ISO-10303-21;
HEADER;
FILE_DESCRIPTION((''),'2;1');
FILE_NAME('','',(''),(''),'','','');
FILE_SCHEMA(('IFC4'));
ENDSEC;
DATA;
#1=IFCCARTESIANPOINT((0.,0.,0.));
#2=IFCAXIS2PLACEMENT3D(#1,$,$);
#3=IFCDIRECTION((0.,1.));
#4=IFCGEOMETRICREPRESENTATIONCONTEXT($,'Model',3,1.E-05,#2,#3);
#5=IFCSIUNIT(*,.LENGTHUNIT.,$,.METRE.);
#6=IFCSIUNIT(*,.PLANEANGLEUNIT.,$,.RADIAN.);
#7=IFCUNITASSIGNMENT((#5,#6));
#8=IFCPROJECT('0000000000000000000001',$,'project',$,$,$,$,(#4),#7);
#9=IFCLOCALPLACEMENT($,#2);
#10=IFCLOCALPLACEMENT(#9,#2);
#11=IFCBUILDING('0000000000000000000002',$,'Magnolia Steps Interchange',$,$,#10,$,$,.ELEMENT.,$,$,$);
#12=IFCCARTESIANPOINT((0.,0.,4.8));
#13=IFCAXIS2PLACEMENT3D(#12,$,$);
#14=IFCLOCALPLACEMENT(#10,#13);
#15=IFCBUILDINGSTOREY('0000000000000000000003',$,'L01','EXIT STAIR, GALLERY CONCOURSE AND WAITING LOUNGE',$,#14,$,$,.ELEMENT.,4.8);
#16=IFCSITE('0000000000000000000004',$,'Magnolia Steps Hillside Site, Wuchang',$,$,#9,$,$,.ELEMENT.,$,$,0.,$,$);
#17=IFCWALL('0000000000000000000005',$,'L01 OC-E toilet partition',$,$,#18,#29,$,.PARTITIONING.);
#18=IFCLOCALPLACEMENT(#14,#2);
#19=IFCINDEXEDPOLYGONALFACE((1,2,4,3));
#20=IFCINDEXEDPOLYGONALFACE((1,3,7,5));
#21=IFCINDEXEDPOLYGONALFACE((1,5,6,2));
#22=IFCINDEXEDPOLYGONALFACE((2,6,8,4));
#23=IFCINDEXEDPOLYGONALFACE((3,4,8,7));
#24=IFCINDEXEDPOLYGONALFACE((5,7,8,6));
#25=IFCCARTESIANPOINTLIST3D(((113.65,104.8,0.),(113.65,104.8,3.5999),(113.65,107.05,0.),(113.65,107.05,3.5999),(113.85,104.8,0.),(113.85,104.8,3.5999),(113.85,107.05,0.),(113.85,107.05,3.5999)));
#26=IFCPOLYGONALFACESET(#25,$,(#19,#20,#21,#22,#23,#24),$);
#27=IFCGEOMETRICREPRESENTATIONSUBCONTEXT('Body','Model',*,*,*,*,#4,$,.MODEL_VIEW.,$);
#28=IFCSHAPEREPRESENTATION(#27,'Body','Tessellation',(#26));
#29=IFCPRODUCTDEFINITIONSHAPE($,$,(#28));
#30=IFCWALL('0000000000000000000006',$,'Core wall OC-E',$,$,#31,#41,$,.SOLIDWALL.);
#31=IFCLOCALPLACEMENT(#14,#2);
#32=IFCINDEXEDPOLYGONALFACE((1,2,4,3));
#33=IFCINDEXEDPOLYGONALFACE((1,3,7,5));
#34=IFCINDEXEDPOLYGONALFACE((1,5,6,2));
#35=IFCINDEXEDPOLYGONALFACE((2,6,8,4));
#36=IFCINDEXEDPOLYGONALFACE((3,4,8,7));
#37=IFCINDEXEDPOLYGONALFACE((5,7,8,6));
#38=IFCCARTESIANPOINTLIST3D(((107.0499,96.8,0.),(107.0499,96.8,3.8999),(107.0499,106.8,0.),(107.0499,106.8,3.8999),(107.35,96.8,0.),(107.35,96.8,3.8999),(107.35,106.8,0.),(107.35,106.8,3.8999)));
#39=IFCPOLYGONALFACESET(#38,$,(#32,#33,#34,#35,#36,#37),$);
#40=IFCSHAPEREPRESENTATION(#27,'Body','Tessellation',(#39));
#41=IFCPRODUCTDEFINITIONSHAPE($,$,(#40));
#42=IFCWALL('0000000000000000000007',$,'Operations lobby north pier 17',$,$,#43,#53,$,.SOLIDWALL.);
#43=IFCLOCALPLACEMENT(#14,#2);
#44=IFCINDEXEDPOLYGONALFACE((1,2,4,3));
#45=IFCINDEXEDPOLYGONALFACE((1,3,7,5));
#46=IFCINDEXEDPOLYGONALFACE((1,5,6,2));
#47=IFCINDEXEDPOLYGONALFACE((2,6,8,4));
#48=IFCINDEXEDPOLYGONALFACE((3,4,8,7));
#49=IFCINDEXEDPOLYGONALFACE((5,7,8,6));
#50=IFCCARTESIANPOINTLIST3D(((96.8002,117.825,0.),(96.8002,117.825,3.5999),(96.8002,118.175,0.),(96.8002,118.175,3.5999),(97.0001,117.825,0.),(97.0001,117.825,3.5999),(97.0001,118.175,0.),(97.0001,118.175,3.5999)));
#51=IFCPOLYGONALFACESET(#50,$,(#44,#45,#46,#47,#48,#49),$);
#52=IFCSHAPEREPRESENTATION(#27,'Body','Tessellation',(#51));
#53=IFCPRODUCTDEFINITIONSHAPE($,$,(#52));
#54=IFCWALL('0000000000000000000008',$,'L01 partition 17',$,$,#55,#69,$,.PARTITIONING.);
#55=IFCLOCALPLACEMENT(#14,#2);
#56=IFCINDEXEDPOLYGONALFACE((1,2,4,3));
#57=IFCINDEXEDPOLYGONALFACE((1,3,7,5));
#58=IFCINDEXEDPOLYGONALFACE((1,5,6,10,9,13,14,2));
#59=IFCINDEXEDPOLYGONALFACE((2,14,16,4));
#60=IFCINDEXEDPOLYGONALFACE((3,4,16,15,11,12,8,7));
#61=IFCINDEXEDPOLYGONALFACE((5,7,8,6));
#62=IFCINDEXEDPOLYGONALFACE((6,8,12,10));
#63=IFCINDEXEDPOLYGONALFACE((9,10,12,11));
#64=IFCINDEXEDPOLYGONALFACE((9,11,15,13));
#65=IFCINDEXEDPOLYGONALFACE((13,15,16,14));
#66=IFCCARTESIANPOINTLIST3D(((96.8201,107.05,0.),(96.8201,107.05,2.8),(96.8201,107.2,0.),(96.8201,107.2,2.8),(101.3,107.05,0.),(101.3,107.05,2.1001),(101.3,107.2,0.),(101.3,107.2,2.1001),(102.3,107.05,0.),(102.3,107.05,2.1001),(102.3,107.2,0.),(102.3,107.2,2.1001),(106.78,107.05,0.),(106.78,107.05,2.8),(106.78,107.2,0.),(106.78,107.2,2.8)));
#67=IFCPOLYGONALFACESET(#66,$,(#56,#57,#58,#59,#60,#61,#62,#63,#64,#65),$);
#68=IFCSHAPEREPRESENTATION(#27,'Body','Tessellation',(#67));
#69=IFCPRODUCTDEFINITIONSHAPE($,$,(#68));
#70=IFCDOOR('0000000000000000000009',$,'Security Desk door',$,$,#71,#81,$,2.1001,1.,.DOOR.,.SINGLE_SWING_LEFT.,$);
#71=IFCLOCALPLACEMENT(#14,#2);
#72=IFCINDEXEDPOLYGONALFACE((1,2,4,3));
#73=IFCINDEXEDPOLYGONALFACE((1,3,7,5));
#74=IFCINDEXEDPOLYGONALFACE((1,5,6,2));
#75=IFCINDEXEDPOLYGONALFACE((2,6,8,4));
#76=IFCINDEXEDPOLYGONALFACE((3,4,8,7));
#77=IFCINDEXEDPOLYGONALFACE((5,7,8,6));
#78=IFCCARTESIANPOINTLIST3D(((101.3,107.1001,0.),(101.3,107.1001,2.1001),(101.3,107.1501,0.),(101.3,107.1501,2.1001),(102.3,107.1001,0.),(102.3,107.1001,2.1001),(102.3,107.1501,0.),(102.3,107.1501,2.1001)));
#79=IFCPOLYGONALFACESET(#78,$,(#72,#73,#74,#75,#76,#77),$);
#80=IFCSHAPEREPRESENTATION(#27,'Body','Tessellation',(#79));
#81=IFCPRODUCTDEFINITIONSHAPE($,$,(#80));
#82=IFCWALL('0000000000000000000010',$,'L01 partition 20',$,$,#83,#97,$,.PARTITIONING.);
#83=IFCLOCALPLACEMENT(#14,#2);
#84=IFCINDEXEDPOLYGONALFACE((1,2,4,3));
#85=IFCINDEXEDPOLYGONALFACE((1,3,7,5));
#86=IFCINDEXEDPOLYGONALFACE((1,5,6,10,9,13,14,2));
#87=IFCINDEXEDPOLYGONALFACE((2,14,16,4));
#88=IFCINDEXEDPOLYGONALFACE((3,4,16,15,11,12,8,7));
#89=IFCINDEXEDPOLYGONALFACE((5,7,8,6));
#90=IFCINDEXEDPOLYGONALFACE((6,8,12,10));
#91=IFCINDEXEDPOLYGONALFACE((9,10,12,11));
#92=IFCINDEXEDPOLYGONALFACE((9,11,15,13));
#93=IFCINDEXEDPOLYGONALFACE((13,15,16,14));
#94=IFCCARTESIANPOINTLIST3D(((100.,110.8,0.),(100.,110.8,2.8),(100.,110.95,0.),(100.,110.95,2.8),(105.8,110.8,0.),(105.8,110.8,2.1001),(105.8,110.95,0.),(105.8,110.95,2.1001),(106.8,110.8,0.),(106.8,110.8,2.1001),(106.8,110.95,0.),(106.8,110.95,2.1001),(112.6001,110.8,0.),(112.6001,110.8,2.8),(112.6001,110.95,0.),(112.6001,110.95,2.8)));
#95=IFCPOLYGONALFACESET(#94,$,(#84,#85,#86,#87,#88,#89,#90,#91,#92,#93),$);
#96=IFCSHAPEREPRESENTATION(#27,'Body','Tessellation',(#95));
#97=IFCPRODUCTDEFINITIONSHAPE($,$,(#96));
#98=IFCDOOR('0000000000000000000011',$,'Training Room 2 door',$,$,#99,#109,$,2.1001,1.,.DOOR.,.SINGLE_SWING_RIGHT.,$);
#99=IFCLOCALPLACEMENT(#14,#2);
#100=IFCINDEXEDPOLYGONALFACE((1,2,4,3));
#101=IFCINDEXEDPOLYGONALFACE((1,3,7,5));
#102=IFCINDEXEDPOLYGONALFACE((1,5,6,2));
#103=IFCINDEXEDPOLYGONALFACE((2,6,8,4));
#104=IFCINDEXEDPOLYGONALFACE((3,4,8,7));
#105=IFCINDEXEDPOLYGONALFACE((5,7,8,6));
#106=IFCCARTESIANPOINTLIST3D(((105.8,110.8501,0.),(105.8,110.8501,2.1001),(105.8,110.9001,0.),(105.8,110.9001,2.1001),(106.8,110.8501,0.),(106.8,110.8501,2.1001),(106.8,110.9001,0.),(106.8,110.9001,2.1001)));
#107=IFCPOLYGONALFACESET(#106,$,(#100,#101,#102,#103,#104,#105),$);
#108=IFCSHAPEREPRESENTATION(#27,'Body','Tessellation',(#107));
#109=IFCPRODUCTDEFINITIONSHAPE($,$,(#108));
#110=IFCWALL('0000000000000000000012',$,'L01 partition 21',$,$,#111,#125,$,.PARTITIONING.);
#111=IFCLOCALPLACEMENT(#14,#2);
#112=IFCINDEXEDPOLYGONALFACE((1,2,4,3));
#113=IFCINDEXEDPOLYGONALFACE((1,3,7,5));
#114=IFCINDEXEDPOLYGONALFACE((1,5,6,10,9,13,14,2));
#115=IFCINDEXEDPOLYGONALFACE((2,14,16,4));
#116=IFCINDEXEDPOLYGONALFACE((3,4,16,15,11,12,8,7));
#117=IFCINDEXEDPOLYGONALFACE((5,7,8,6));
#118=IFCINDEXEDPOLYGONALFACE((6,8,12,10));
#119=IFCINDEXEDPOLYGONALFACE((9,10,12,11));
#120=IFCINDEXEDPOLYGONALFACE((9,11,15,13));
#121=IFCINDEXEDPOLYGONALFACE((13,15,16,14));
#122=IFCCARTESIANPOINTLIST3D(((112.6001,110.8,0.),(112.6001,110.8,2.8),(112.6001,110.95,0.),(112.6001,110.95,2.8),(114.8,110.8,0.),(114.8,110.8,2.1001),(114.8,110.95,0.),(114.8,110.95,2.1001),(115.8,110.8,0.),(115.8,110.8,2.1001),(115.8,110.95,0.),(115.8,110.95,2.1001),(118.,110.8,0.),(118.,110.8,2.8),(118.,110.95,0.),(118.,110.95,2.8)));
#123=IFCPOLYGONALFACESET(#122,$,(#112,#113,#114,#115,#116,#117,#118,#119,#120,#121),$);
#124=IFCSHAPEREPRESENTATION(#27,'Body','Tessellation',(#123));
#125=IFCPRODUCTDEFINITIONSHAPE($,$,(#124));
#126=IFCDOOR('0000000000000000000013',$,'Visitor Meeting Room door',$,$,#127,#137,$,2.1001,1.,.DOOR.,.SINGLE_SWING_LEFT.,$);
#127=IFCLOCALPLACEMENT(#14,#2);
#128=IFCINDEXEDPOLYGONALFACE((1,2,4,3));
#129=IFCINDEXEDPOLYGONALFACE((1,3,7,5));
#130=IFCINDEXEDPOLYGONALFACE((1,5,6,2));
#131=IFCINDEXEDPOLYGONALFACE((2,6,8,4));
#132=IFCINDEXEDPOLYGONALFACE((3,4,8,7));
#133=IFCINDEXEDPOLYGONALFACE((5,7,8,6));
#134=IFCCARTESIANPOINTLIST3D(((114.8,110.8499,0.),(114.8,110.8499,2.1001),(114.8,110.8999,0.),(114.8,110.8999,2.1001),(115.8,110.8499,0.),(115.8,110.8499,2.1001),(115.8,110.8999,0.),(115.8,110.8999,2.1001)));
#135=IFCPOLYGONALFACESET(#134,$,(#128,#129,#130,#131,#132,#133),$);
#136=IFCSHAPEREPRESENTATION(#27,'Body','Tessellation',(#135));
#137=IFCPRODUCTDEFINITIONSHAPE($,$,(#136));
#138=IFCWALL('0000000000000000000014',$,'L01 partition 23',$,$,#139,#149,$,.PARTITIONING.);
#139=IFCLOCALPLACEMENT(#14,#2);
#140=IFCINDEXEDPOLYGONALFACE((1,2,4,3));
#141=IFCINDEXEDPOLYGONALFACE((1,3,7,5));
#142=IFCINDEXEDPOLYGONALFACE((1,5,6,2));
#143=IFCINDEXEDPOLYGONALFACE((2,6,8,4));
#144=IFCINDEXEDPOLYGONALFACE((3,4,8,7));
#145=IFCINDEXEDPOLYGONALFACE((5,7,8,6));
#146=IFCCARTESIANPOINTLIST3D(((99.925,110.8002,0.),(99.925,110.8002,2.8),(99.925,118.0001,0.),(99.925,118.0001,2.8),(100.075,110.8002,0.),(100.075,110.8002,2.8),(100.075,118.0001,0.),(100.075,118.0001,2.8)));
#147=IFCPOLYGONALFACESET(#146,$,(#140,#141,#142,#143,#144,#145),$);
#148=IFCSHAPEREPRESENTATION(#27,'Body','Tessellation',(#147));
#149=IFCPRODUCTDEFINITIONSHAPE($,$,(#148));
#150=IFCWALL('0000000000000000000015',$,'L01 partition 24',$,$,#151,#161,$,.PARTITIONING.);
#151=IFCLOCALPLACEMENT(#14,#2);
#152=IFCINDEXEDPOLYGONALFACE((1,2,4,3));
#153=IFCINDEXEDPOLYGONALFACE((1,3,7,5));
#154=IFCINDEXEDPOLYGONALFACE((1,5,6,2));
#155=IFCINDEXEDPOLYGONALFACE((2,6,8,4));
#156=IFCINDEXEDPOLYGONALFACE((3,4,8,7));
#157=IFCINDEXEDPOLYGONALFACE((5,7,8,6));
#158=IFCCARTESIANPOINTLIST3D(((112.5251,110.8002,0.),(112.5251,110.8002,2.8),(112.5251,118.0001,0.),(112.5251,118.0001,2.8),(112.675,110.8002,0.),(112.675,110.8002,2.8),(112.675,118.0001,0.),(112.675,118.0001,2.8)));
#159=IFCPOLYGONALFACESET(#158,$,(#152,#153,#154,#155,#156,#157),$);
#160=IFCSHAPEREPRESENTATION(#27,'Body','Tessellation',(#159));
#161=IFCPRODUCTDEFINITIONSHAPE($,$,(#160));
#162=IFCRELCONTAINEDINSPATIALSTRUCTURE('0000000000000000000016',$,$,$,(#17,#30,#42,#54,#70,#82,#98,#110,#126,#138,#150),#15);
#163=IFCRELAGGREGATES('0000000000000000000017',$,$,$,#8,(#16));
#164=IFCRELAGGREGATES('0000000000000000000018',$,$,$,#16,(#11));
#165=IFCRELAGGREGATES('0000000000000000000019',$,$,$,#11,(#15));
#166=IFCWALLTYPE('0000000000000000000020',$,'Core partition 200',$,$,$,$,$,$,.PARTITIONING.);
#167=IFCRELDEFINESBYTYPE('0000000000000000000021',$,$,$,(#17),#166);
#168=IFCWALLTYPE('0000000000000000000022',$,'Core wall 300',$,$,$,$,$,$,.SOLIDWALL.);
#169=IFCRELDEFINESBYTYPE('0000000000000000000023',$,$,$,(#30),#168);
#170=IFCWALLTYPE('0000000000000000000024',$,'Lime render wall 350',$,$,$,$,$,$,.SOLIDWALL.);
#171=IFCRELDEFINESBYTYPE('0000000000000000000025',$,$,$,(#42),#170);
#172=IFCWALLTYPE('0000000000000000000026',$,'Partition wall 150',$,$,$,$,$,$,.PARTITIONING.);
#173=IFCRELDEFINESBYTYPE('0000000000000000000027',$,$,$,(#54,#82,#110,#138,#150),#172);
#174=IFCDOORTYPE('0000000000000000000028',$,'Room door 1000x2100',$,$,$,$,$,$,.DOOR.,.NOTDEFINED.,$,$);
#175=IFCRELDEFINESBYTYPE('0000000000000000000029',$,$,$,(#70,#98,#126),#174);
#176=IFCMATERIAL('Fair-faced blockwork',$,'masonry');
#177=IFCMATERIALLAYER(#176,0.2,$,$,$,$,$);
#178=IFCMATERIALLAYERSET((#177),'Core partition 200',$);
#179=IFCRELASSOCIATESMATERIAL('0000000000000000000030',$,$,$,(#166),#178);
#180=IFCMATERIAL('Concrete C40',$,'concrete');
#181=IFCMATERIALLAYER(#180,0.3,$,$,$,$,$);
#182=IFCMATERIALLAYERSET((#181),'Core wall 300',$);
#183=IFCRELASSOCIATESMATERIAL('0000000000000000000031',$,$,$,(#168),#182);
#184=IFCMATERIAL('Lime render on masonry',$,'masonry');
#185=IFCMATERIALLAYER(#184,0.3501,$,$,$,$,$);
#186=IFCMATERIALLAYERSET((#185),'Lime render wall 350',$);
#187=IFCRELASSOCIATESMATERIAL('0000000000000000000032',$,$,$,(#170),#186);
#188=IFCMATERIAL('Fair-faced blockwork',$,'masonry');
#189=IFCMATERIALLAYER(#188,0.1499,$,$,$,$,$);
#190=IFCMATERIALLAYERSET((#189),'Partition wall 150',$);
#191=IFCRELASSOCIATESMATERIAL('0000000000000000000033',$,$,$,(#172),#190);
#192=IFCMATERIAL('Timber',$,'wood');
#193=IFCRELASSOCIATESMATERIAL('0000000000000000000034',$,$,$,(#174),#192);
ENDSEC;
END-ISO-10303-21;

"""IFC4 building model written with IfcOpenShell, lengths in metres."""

from ifc_helpers import new_model, si_unit, direction, frame, frame_2d, origin, place, context, subcontext, project, spatial, rectangle, extrude, material, layer, layer_set, type_object, element, fill, save


model = new_model("IFC4")

# Units and contexts
model_context = context("Model", 3, precision=1e-05, world=origin(), true_north=direction((0.0, 1.0)))
body_context = subcontext(model_context, "Body", "Model", "MODEL_VIEW")
ifc_project = project(units=[si_unit("LENGTHUNIT", "METRE"), si_unit("PLANEANGLEUNIT", "RADIAN")], contexts=[model_context])

# Site, building, storey
site_placement = place(None, origin())
site = spatial("IfcSite", under=ifc_project, at=site_placement, Name="Magnolia Steps Hillside Site, Wuchang", CompositionType="ELEMENT", RefElevation=0.0)
building_placement = place(site_placement, origin())
building = spatial("IfcBuilding", under=site, at=building_placement, Name="Magnolia Steps Interchange", CompositionType="ELEMENT")
storey_placement = place(building_placement, frame((0.0, 0.0, 4.8)))
storey = spatial("IfcBuildingStorey", under=building, at=storey_placement, Name="L01", Description="EXIT STAIR, GALLERY CONCOURSE AND WAITING LOUNGE", CompositionType="ELEMENT", Elevation=4.8)

# Walls
ifc_material_1 = material(Name="Fair-faced blockwork", Category="masonry")
ifc_layer_1 = layer(ifc_material_1, 0.2)
ifc_layer_set_1 = layer_set([ifc_layer_1], Name="Core partition 200")
wall_type_1 = type_object("IfcWallType", Name="Core partition 200", PredefinedType="PARTITIONING", material=ifc_layer_set_1)
wall_1_placement = place(storey_placement, frame((113.75, 107.05, 0.0), z_axis=(0.0, 0.0, 1.0), x_axis=(0.0, -1.0, 0.0)))
element("IfcWall", 1, at=wall_1_placement, inside=storey, type_object=wall_type_1, Name="L01 OC-E toilet partition", PredefinedType="PARTITIONING", context=body_context, shape_type="SweptSolid", body=[
    extrude(rectangle(XDim=2.25, YDim=0.2, at=frame_2d((1.125, 0.0))), origin(), (0.0, 0.0, 1.0), 3.5999),
])
ifc_material_2 = material(Name="Concrete C40", Category="concrete")
ifc_layer_2 = layer(ifc_material_2, 0.3)
ifc_layer_set_2 = layer_set([ifc_layer_2], Name="Core wall 300")
wall_type_2 = type_object("IfcWallType", Name="Core wall 300", PredefinedType="SOLIDWALL", material=ifc_layer_set_2)
wall_2_placement = place(storey_placement, frame((107.2, 106.8, 0.0), z_axis=(0.0, 0.0, 1.0), x_axis=(0.0, -1.0, 0.0)))
element("IfcWall", 2, at=wall_2_placement, inside=storey, type_object=wall_type_2, Name="Core wall OC-E", PredefinedType="SOLIDWALL", context=body_context, shape_type="SweptSolid", body=[
    extrude(rectangle(XDim=10.0, YDim=0.3, at=frame_2d((5.0, 0.0))), origin(), (0.0, 0.0, 1.0), 3.8999),
])
ifc_material_3 = material(Name="Lime render on masonry", Category="masonry")
ifc_layer_3 = layer(ifc_material_3, 0.3501)
ifc_layer_set_3 = layer_set([ifc_layer_3], Name="Lime render wall 350")
wall_type_3 = type_object("IfcWallType", Name="Lime render wall 350", PredefinedType="SOLIDWALL", material=ifc_layer_set_3)
wall_3_placement = place(storey_placement, frame((96.8, 118.0, 0.0), z_axis=(0.0, 0.0, 1.0), x_axis=(1.0, 0.0, 0.0)))
element("IfcWall", 3, at=wall_3_placement, inside=storey, type_object=wall_type_3, Name="Operations lobby north pier 17", PredefinedType="SOLIDWALL", context=body_context, shape_type="SweptSolid", body=[
    extrude(rectangle(XDim=0.2, YDim=0.3501, at=frame_2d((0.1001, 0.0))), origin(), (0.0, 0.0, 1.0), 3.5999),
])

# Walls, openings, doors
ifc_material_4 = material(Name="Fair-faced blockwork", Category="masonry")
ifc_layer_4 = layer(ifc_material_4, 0.1499)
ifc_layer_set_4 = layer_set([ifc_layer_4], Name="Partition wall 150")
wall_type_4 = type_object("IfcWallType", Name="Partition wall 150", PredefinedType="PARTITIONING", material=ifc_layer_set_4)
wall_4_placement = place(storey_placement, frame((96.8201, 107.125, 0.0), z_axis=(0.0, 0.0, 1.0), x_axis=(1.0, 0.0, 0.0)))
wall_4 = element("IfcWall", 4, at=wall_4_placement, inside=storey, type_object=wall_type_4, Name="L01 partition 17", PredefinedType="PARTITIONING", context=body_context, shape_type="SweptSolid", body=[
    extrude(rectangle(XDim=9.96, YDim=0.1499, at=frame_2d((4.98, 0.0))), origin(), (0.0, 0.0, 1.0), 2.8),
])
opening_1_placement = place(wall_4_placement, frame((4.48, 0.0, 0.0)))
opening_1 = element("IfcOpeningElement", 5, at=opening_1_placement, cuts=wall_4, PredefinedType="OPENING", context=body_context, shape_type="SweptSolid", body=[
    extrude(rectangle(XDim=1.0, YDim=2.1001, at=frame_2d((0.5, 1.05))), frame((0.0, 0.085, 0.0), z_axis=(0.0, -1.0, 0.0), x_axis=(1.0, 0.0, 0.0)), (0.0, 0.0, 1.0), 0.1699),
])
ifc_material_5 = material(Name="Timber", Category="wood")
door_type_1 = type_object("IfcDoorType", Name="Room door 1000x2100", OperationType="NOTDEFINED", PredefinedType="DOOR", material=ifc_material_5)
door_1_placement = place(opening_1_placement, frame((1.0, 0.0, 0.0), z_axis=(0.0, 0.0, 1.0), x_axis=(-1.0, 0.0, 0.0)))
door_1 = element("IfcDoor", 6, at=door_1_placement, inside=storey, type_object=door_type_1, Name="Security Desk door", OperationType="SINGLE_SWING_LEFT", OverallHeight=2.1001, OverallWidth=1.0, PredefinedType="DOOR", context=body_context, shape_type="SweptSolid", body=[
    extrude(rectangle(XDim=1.0, YDim=2.1001, at=frame_2d((0.5, 1.05))), frame((0.0, 0.0249, 0.0), z_axis=(0.0, -1.0, 0.0), x_axis=(1.0, 0.0, 0.0)), (0.0, 0.0, 1.0), 0.05),
])
fill(opening_1, door_1)
wall_5_placement = place(storey_placement, frame((100.0, 110.875, 0.0), z_axis=(0.0, 0.0, 1.0), x_axis=(1.0, 0.0, 0.0)))
wall_5 = element("IfcWall", 7, at=wall_5_placement, inside=storey, type_object=wall_type_4, Name="L01 partition 20", PredefinedType="PARTITIONING", context=body_context, shape_type="SweptSolid", body=[
    extrude(rectangle(XDim=12.6001, YDim=0.1499, at=frame_2d((6.3, 0.0))), origin(), (0.0, 0.0, 1.0), 2.8),
])
opening_2_placement = place(wall_5_placement, frame((5.8, 0.0, 0.0)))
opening_2 = element("IfcOpeningElement", 8, at=opening_2_placement, cuts=wall_5, PredefinedType="OPENING", context=body_context, shape_type="SweptSolid", body=[
    extrude(rectangle(XDim=1.0, YDim=2.1001, at=frame_2d((0.5, 1.05))), frame((0.0, 0.085, 0.0), z_axis=(0.0, -1.0, 0.0), x_axis=(1.0, 0.0, 0.0)), (0.0, 0.0, 1.0), 0.1699),
])
door_2_placement = place(opening_2_placement, frame((1.0, 0.0, 0.0), z_axis=(0.0, 0.0, 1.0), x_axis=(-1.0, 0.0, 0.0)))
door_2 = element("IfcDoor", 9, at=door_2_placement, inside=storey, type_object=door_type_1, Name="Training Room 2 door", OperationType="SINGLE_SWING_RIGHT", OverallHeight=2.1001, OverallWidth=1.0, PredefinedType="DOOR", context=body_context, shape_type="SweptSolid", body=[
    extrude(rectangle(XDim=1.0, YDim=2.1001, at=frame_2d((0.5, 1.05))), frame((0.0, 0.0249, 0.0), z_axis=(0.0, -1.0, 0.0), x_axis=(1.0, 0.0, 0.0)), (0.0, 0.0, 1.0), 0.05),
])
fill(opening_2, door_2)
wall_6_placement = place(storey_placement, frame((112.6001, 110.875, 0.0), z_axis=(0.0, 0.0, 1.0), x_axis=(1.0, 0.0, 0.0)))
wall_6 = element("IfcWall", 10, at=wall_6_placement, inside=storey, type_object=wall_type_4, Name="L01 partition 21", PredefinedType="PARTITIONING", context=body_context, shape_type="SweptSolid", body=[
    extrude(rectangle(XDim=5.3999, YDim=0.1499, at=frame_2d((2.7, 0.0))), origin(), (0.0, 0.0, 1.0), 2.8),
])
opening_3_placement = place(wall_6_placement, frame((2.2, 0.0, 0.0)))
opening_3 = element("IfcOpeningElement", 11, at=opening_3_placement, cuts=wall_6, PredefinedType="OPENING", context=body_context, shape_type="SweptSolid", body=[
    extrude(rectangle(XDim=1.0, YDim=2.1001, at=frame_2d((0.5, 1.05))), frame((0.0, 0.085, 0.0), z_axis=(0.0, -1.0, 0.0), x_axis=(1.0, 0.0, 0.0)), (0.0, 0.0, 1.0), 0.1699),
])
door_3_placement = place(opening_3_placement, origin())
door_3 = element("IfcDoor", 12, at=door_3_placement, inside=storey, type_object=door_type_1, Name="Visitor Meeting Room door", OperationType="SINGLE_SWING_LEFT", OverallHeight=2.1001, OverallWidth=1.0, PredefinedType="DOOR", context=body_context, shape_type="SweptSolid", body=[
    extrude(rectangle(XDim=1.0, YDim=2.1001, at=frame_2d((0.5, 1.05))), frame((0.0, 0.0249, 0.0), z_axis=(0.0, -1.0, 0.0), x_axis=(1.0, 0.0, 0.0)), (0.0, 0.0, 1.0), 0.05),
])
fill(opening_3, door_3)

# Walls
for number, where, z_axis, x_axis, name in (
    (13, (100.0, 110.8, 0.0), (0.0, 0.0, 1.0), (0.0, 1.0, 0.0), "L01 partition 23"),
    (14, (112.6001, 110.8, 0.0), (0.0, 0.0, 1.0), (0.0, 1.0, 0.0), "L01 partition 24"),
):
    element("IfcWall", number, at=place(storey_placement, frame(where, z_axis=z_axis, x_axis=x_axis)), inside=storey, type_object=wall_type_4, Name=name, PredefinedType="PARTITIONING", context=body_context, shape_type="SweptSolid", body=[
        extrude(rectangle(XDim=7.2, YDim=0.1499, at=frame_2d((3.6001, 0.0))), origin(), (0.0, 0.0, 1.0), 2.8),
    ])

save(model, "model.ifc")
